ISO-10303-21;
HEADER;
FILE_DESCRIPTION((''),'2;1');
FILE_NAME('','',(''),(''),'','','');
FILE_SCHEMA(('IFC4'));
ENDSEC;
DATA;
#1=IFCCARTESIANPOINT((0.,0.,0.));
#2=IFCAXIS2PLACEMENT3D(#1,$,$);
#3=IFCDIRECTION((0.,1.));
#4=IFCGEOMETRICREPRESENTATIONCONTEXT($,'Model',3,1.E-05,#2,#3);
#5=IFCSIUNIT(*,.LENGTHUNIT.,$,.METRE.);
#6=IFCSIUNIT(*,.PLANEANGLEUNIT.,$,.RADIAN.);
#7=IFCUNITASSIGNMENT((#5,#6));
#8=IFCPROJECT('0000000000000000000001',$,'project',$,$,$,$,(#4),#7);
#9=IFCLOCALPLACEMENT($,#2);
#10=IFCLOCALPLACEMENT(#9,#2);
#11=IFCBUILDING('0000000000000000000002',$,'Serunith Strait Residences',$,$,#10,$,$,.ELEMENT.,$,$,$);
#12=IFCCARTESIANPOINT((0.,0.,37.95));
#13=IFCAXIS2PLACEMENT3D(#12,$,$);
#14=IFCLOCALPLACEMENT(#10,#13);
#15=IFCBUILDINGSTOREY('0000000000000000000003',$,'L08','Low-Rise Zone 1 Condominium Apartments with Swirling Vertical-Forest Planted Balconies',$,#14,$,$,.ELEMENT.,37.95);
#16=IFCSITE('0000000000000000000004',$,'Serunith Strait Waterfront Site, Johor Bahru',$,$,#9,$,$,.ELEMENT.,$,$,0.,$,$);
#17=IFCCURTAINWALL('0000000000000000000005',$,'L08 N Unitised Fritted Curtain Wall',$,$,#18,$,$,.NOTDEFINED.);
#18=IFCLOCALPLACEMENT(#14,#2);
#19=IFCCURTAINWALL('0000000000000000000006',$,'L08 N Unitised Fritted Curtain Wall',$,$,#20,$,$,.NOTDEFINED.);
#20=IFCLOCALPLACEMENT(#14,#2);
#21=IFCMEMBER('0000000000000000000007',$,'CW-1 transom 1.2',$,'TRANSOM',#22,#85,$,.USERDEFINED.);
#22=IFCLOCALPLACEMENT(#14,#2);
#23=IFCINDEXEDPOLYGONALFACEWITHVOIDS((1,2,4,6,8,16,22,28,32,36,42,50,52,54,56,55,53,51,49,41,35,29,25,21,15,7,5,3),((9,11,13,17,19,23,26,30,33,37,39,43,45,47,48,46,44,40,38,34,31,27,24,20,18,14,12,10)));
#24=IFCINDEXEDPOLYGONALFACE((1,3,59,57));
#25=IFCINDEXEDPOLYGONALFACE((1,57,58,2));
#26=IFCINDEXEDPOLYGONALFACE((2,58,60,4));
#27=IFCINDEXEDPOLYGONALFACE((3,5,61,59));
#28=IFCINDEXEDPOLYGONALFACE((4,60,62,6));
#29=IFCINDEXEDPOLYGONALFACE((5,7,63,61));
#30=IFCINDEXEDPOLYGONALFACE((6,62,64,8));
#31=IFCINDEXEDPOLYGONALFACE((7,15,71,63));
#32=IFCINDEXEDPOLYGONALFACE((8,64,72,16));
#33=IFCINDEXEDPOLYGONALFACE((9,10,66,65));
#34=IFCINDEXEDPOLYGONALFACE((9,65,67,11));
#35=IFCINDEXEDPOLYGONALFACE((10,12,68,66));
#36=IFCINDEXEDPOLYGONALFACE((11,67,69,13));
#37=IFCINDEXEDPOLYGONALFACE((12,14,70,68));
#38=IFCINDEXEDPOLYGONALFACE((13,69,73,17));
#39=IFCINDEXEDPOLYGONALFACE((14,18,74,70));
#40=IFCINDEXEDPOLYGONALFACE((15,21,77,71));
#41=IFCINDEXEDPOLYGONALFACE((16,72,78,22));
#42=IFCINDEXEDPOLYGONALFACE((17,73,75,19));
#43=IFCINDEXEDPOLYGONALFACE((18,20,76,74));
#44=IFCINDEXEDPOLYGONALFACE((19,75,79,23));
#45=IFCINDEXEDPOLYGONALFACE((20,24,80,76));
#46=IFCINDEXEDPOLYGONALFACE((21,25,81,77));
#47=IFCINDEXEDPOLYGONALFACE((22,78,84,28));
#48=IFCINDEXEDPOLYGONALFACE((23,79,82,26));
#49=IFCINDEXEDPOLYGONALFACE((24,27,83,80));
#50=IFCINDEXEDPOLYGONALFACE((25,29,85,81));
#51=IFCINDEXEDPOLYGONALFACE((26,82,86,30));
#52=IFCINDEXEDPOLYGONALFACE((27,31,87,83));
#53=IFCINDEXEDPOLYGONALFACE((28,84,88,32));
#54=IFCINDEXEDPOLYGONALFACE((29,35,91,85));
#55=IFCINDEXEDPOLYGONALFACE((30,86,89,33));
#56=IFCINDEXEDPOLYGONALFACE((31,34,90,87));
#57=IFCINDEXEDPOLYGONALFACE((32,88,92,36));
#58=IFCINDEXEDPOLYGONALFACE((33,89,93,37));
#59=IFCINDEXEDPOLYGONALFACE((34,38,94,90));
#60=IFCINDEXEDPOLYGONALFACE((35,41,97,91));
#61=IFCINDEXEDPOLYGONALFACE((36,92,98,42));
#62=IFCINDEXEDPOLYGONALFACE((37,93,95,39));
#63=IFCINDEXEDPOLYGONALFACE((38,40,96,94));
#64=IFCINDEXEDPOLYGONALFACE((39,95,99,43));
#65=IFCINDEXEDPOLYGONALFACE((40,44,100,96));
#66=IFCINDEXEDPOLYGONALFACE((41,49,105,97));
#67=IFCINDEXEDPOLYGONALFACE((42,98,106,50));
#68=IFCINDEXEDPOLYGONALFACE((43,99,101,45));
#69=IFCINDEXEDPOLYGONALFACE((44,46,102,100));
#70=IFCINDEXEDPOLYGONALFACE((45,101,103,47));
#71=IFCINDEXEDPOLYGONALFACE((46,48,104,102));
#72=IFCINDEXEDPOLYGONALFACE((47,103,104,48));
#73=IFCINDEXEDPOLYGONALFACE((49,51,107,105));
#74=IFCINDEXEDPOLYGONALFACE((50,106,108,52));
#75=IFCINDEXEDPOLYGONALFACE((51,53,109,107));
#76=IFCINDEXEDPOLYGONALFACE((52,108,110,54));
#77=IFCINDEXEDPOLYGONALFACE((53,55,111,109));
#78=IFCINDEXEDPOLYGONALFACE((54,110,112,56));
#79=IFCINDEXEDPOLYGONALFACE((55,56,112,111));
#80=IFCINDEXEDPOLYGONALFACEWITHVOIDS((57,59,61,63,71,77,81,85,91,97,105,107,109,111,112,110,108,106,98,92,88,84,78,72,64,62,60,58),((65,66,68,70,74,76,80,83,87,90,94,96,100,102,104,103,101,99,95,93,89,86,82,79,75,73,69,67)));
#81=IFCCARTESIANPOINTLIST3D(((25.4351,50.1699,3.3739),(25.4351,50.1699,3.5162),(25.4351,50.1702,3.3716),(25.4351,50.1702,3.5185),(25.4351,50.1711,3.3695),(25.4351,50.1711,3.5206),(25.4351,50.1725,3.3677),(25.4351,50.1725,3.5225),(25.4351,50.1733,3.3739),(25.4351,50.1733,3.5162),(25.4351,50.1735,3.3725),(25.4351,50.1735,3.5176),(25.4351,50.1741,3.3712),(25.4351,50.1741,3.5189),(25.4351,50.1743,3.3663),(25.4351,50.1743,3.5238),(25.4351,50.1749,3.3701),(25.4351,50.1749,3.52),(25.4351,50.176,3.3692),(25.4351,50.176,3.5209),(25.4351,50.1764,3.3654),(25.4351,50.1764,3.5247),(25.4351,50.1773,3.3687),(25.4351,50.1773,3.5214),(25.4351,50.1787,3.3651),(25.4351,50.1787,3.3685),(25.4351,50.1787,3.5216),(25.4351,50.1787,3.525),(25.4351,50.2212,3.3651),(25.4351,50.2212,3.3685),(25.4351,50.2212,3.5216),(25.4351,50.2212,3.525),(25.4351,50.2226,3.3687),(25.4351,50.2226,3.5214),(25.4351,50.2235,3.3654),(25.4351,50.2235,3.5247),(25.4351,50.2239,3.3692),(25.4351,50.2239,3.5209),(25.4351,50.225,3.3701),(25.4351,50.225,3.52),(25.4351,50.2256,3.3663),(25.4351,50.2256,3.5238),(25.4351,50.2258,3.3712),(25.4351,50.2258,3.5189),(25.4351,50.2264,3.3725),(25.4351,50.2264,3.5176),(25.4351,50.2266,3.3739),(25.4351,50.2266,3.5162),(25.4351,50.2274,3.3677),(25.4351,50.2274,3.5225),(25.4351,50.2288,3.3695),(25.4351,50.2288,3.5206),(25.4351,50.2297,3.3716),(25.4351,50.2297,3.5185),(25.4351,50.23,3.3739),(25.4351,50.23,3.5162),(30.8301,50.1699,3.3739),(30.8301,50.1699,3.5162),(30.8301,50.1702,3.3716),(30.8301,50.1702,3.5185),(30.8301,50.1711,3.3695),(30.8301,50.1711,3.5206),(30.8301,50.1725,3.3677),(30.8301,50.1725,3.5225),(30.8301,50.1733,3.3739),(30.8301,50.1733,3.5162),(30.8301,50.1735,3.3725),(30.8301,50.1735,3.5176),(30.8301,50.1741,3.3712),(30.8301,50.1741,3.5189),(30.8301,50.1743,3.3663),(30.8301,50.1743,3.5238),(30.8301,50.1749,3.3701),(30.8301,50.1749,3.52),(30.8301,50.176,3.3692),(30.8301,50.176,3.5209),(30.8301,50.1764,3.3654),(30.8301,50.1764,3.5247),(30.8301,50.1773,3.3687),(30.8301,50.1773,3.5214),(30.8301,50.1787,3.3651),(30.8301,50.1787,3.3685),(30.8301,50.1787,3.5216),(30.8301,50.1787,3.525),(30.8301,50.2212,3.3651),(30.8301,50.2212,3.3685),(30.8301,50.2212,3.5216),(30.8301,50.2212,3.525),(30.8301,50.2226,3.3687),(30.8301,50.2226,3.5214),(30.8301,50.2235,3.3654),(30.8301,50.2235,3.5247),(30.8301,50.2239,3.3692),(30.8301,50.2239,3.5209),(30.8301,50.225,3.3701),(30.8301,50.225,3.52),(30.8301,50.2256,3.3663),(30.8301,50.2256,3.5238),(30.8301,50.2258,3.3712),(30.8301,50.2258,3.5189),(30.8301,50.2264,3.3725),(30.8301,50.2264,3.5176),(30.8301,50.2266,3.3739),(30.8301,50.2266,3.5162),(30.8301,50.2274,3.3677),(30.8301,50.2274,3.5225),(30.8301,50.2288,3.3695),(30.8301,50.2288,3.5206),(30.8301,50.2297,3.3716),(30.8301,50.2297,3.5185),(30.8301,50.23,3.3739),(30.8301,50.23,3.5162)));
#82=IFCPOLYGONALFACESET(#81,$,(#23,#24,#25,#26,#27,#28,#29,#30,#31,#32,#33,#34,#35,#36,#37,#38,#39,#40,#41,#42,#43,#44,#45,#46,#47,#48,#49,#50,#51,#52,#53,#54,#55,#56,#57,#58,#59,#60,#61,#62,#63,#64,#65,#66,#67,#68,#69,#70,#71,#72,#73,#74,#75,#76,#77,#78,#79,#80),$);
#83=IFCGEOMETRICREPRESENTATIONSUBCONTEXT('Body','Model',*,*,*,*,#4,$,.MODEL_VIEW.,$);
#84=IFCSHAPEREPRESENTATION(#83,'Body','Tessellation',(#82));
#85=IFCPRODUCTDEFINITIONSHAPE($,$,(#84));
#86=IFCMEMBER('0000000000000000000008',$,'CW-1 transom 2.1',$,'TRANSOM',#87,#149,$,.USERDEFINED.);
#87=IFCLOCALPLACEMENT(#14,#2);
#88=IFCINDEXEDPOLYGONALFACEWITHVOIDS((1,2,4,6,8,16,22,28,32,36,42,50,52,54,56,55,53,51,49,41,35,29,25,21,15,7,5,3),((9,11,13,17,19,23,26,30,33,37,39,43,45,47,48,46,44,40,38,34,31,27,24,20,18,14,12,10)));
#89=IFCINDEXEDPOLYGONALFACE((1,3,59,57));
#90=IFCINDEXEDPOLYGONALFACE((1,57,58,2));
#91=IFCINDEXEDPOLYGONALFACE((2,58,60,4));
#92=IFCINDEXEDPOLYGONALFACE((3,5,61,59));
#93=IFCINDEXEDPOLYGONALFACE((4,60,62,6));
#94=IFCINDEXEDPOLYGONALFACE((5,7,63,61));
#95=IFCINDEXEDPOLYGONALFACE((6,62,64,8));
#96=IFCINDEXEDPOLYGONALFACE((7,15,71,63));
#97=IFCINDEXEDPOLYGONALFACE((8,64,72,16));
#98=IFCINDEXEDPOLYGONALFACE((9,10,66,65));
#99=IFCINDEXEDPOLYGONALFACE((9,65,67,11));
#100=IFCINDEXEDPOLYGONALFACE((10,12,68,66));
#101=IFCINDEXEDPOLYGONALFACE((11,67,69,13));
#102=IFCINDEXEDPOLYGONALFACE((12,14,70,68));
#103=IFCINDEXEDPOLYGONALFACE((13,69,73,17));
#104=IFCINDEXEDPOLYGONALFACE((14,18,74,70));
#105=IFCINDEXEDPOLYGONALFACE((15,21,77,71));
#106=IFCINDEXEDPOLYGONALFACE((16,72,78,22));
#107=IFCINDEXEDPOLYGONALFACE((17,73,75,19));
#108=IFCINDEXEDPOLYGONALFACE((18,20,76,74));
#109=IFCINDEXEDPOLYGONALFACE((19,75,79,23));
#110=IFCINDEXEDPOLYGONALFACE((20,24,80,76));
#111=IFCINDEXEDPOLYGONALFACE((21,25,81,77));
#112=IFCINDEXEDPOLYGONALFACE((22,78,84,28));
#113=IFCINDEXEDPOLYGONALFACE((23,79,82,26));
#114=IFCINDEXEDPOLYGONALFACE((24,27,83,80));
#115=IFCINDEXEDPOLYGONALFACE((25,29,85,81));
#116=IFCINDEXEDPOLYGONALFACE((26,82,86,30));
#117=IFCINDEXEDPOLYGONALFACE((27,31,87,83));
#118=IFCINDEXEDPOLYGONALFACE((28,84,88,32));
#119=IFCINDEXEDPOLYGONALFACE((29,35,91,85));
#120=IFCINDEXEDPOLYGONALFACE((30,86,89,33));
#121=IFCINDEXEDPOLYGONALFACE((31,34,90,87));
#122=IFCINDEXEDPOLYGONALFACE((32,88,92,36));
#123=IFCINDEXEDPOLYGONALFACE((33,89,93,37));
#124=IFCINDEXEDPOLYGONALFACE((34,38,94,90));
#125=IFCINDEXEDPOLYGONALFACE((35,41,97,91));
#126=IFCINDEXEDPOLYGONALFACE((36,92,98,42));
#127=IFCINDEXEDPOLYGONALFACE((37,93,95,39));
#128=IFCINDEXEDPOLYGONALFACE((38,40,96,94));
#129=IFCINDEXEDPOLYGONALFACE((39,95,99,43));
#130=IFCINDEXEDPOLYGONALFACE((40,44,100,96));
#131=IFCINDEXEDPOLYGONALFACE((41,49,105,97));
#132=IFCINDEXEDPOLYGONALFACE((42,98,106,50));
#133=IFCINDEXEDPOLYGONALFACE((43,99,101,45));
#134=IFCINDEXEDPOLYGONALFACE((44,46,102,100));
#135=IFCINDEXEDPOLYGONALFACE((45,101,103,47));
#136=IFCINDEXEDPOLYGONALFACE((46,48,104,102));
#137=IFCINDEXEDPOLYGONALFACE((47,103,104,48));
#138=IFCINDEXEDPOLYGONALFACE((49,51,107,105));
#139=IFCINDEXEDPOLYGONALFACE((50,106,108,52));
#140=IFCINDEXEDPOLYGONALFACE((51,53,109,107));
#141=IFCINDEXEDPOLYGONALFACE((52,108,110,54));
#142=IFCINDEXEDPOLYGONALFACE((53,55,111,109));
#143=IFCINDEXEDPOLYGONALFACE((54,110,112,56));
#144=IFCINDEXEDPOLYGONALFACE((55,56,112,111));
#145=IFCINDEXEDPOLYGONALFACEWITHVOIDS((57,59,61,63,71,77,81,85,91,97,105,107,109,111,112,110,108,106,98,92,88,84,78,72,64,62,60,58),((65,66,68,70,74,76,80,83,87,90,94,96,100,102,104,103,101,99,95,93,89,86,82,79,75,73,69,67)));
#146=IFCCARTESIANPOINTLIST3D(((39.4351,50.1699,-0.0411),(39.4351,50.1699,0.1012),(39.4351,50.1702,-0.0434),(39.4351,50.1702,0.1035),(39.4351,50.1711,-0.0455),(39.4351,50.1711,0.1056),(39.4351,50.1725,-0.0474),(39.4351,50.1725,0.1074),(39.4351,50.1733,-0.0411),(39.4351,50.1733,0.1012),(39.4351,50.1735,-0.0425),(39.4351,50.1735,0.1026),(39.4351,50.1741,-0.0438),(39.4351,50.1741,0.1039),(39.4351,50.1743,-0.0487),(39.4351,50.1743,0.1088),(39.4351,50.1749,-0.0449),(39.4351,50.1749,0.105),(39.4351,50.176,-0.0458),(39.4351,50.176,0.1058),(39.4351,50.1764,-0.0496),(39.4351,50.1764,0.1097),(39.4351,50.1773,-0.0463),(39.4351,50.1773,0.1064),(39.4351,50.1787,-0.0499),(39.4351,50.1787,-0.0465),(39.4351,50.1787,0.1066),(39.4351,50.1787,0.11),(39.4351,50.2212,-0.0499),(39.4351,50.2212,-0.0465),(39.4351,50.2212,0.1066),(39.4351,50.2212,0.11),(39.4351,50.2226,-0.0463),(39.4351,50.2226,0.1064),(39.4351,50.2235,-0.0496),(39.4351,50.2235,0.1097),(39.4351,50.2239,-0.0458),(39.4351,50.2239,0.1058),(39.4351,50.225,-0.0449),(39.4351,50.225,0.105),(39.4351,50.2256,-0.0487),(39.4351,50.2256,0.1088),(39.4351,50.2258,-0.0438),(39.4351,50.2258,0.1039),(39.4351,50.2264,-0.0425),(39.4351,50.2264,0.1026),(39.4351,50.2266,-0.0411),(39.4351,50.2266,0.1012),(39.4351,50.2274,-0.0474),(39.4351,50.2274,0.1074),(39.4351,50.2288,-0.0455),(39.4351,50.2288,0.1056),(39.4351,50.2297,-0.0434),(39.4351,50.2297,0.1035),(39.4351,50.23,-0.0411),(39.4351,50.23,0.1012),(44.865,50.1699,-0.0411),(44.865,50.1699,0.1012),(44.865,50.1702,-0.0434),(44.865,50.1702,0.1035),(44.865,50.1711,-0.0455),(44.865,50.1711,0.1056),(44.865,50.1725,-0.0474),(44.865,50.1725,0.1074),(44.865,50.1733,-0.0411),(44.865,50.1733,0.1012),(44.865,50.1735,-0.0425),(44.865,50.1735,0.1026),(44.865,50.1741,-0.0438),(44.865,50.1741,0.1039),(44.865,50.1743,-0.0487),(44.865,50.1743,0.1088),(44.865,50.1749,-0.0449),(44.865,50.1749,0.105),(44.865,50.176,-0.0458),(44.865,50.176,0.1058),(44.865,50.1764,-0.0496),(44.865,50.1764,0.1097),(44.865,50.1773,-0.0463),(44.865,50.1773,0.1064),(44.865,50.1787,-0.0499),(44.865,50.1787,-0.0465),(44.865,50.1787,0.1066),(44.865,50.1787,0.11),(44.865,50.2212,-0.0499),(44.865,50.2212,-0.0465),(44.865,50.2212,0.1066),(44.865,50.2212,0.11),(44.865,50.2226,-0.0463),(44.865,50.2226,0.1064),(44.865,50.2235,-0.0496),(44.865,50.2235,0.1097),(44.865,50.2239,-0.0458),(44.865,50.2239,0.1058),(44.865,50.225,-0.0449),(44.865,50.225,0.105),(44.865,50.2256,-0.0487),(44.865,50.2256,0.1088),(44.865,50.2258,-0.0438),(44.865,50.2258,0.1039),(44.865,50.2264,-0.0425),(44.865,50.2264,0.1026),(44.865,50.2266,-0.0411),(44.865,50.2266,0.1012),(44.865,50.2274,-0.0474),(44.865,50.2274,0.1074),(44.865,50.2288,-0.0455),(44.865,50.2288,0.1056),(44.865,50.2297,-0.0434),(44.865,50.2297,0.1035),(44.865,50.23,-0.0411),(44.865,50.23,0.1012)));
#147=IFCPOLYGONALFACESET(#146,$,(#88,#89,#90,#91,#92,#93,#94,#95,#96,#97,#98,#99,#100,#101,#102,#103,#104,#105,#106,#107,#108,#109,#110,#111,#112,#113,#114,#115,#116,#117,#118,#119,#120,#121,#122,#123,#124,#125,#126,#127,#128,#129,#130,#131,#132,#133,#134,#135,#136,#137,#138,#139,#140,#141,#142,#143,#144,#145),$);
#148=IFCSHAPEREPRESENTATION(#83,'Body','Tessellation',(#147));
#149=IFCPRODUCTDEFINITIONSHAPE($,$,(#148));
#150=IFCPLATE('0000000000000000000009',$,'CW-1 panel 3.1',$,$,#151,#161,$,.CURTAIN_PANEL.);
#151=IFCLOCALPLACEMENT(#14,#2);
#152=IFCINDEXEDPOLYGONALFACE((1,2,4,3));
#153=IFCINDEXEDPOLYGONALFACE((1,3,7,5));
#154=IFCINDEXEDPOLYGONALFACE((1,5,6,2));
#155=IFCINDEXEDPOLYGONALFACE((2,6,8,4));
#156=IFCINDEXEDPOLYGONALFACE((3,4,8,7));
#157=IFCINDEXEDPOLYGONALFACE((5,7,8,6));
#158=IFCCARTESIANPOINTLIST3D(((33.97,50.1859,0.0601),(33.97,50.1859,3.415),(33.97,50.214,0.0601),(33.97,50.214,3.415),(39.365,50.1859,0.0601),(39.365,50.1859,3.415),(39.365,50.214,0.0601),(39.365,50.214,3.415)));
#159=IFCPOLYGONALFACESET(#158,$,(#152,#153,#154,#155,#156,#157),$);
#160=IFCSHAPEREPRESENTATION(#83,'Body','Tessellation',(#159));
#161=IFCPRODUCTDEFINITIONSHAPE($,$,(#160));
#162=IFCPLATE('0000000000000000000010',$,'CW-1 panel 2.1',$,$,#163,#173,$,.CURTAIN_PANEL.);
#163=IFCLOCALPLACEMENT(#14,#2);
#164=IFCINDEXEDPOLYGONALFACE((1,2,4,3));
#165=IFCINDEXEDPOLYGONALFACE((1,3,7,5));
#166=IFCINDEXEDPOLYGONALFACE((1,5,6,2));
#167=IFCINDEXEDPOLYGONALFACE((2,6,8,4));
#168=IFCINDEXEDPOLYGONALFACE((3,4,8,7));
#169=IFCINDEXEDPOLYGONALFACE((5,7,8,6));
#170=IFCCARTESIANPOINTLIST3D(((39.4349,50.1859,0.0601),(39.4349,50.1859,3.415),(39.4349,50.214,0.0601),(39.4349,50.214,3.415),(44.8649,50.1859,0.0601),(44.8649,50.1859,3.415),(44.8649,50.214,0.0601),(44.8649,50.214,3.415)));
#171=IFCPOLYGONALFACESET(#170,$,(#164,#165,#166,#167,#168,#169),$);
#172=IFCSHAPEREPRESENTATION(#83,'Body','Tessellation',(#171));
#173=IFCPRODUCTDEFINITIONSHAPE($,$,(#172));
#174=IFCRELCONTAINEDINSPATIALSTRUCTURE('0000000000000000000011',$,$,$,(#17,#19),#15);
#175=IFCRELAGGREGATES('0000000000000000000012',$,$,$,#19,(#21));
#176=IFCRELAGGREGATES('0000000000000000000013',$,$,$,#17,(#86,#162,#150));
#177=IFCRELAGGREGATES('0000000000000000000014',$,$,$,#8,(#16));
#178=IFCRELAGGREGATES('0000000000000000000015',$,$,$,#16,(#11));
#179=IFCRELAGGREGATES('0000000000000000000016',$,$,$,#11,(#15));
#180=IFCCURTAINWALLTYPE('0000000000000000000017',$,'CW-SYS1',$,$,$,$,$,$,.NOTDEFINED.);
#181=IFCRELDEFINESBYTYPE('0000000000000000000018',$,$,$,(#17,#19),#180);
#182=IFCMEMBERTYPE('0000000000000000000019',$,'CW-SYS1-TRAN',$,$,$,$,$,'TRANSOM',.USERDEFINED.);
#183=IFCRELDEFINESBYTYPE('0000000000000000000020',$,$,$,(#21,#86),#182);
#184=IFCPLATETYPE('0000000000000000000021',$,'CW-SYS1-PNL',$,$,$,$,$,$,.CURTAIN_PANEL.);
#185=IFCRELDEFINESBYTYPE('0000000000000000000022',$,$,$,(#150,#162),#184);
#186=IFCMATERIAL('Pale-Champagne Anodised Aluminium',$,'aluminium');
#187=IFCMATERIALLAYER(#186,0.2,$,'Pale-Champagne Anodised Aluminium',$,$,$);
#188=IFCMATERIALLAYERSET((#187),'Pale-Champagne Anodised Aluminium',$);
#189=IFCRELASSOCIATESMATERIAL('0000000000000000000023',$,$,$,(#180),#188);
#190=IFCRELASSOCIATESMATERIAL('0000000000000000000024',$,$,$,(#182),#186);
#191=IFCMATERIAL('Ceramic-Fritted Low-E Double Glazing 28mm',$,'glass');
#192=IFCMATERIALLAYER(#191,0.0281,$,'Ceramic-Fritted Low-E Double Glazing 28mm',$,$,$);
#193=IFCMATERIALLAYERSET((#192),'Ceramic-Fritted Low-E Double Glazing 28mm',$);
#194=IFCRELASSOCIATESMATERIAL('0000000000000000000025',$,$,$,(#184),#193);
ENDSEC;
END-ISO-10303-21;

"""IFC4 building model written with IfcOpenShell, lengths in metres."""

from ifc_helpers import new_model, si_unit, direction, frame, origin, origin_2d, place, context, subcontext, project, spatial, rectangle, hollow_rectangle, extrude, source, transform, mapped, material, layer, layer_set, material_profile, profile_set, type_object, element, aggregate, save


model = new_model("IFC4")

# Units and contexts
model_context = context("Model", 3, precision=1e-05, world=origin(), true_north=direction((0.0, 1.0)))
body_context = subcontext(model_context, "Body", "Model", "MODEL_VIEW")
ifc_project = project(units=[si_unit("LENGTHUNIT", "METRE"), si_unit("PLANEANGLEUNIT", "RADIAN")], contexts=[model_context])

# Site, building, storey
site_placement = place(None, origin())
site = spatial("IfcSite", under=ifc_project, at=site_placement, Name="Serunith Strait Waterfront Site, Johor Bahru", CompositionType="ELEMENT", RefElevation=0.0)
building_placement = place(site_placement, origin())
building = spatial("IfcBuilding", under=site, at=building_placement, Name="Serunith Strait Residences", CompositionType="ELEMENT")
storey_placement = place(building_placement, frame((0.0, 0.0, 37.95)))
storey = spatial("IfcBuildingStorey", under=building, at=storey_placement, Name="L08", Description="Low-Rise Zone 1 Condominium Apartments with Swirling Vertical-Forest Planted Balconies", CompositionType="ELEMENT", Elevation=37.95)

# Curtain wall
ifc_material_1 = material(Name="Pale-Champagne Anodised Aluminium", Category="aluminium")
ifc_layer_1 = layer(ifc_material_1, 0.2, Name="Pale-Champagne Anodised Aluminium")
ifc_layer_set_1 = layer_set([ifc_layer_1], Name="Pale-Champagne Anodised Aluminium")
curtain_wall_type = type_object("IfcCurtainWallType", Name="CW-SYS1", PredefinedType="NOTDEFINED", material=ifc_layer_set_1)
curtain_wall_1_placement = place(storey_placement, origin())
curtain_wall_1 = element("IfcCurtainWall", 1, at=curtain_wall_1_placement, inside=storey, type_object=curtain_wall_type, Name="L08 N Unitised Fritted Curtain Wall", PredefinedType="NOTDEFINED")

# Curtain wall
curtain_wall_2_placement = place(storey_placement, origin())
curtain_wall_2 = element("IfcCurtainWall", 2, at=curtain_wall_2_placement, inside=storey, type_object=curtain_wall_type, Name="L08 N Unitised Fritted Curtain Wall", PredefinedType="NOTDEFINED")

# Members
ifc_material_profile_1 = material_profile(ifc_material_1, hollow_rectangle(XDim=0.0601, YDim=0.1599, WallThickness=0.0034, InnerFilletRadius=0.0054, OuterFilletRadius=0.0088, at=origin_2d()), Name="ALU 160x60x3.5")
ifc_profile_set_1 = profile_set([ifc_material_profile_1], Name="Pale-Champagne Anodised Aluminium")
member_type_1 = type_object("IfcMemberType", Name="CW-SYS1-TRAN", ElementType="TRANSOM", PredefinedType="USERDEFINED", material=ifc_profile_set_1)
shared_shape_1 = source(origin(), body_context, "Body", "SweptSolid", [
    extrude(hollow_rectangle(XDim=0.0601, YDim=0.1599, WallThickness=0.0034, InnerFilletRadius=0.0054, OuterFilletRadius=0.0088, at=origin_2d()), origin(), (0.0, 0.0, 1.0), 5.395),
])
member_1_placement = place(storey_placement, frame((30.8301, 50.2, 3.4451), z_axis=(-1.0, 0.0, 0.0), x_axis=(0.0, -1.0, 0.0)))
member_1 = element("IfcMember", 3, at=member_1_placement, type_object=member_type_1, Name="CW-1 transom 1.2", ObjectType="TRANSOM", PredefinedType="USERDEFINED", context=body_context, shape_type="MappedRepresentation", body=[
    mapped(shared_shape_1, transform((0.0, 0.0, 0.0), scale=1.0)),
])
aggregate(curtain_wall_2, [member_1])
shared_shape_2 = source(origin(), body_context, "Body", "SweptSolid", [
    extrude(hollow_rectangle(XDim=0.0601, YDim=0.1599, WallThickness=0.0034, InnerFilletRadius=0.0054, OuterFilletRadius=0.0088, at=origin_2d()), origin(), (0.0, 0.0, 1.0), 5.4299),
])
member_2_placement = place(storey_placement, frame((44.865, 50.2, 0.03), z_axis=(-1.0, 0.0, 0.0), x_axis=(0.0, -1.0, 0.0)))
member_2 = element("IfcMember", 4, at=member_2_placement, type_object=member_type_1, Name="CW-1 transom 2.1", ObjectType="TRANSOM", PredefinedType="USERDEFINED", context=body_context, shape_type="MappedRepresentation", body=[
    mapped(shared_shape_2, transform((0.0, 0.0, 0.0), scale=1.0)),
])

# Plates
ifc_material_2 = material(Name="Ceramic-Fritted Low-E Double Glazing 28mm", Category="glass")
ifc_layer_2 = layer(ifc_material_2, 0.0281, Name="Ceramic-Fritted Low-E Double Glazing 28mm")
ifc_layer_set_2 = layer_set([ifc_layer_2], Name="Ceramic-Fritted Low-E Double Glazing 28mm")
plate_type = type_object("IfcPlateType", Name="CW-SYS1-PNL", PredefinedType="CURTAIN_PANEL", material=ifc_layer_set_2)
shared_shape_3 = source(origin(), body_context, "Body", "SweptSolid", [
    extrude(rectangle(XDim=5.395, YDim=0.0281, at=origin_2d()), origin(), (0.0, 0.0, 1.0), 3.355),
])
plate_1_placement = place(storey_placement, frame((36.6675, 50.2, 0.0601), z_axis=(0.0, 0.0, 1.0), x_axis=(-1.0, 0.0, 0.0)))
plate_1 = element("IfcPlate", 5, at=plate_1_placement, type_object=plate_type, Name="CW-1 panel 3.1", PredefinedType="CURTAIN_PANEL", context=body_context, shape_type="MappedRepresentation", body=[
    mapped(shared_shape_3, transform((0.0, 0.0, 0.0), scale=1.0)),
])
shared_shape_4 = source(origin(), body_context, "Body", "SweptSolid", [
    extrude(rectangle(XDim=5.4299, YDim=0.0281, at=origin_2d()), origin(), (0.0, 0.0, 1.0), 3.355),
])
plate_2_placement = place(storey_placement, frame((42.1499, 50.2, 0.0601), z_axis=(0.0, 0.0, 1.0), x_axis=(-1.0, 0.0, 0.0)))
plate_2 = element("IfcPlate", 6, at=plate_2_placement, type_object=plate_type, Name="CW-1 panel 2.1", PredefinedType="CURTAIN_PANEL", context=body_context, shape_type="MappedRepresentation", body=[
    mapped(shared_shape_4, transform((0.0, 0.0, 0.0), scale=1.0)),
])
aggregate(curtain_wall_1, [member_2, plate_2, plate_1])

save(model, "model.ifc")
